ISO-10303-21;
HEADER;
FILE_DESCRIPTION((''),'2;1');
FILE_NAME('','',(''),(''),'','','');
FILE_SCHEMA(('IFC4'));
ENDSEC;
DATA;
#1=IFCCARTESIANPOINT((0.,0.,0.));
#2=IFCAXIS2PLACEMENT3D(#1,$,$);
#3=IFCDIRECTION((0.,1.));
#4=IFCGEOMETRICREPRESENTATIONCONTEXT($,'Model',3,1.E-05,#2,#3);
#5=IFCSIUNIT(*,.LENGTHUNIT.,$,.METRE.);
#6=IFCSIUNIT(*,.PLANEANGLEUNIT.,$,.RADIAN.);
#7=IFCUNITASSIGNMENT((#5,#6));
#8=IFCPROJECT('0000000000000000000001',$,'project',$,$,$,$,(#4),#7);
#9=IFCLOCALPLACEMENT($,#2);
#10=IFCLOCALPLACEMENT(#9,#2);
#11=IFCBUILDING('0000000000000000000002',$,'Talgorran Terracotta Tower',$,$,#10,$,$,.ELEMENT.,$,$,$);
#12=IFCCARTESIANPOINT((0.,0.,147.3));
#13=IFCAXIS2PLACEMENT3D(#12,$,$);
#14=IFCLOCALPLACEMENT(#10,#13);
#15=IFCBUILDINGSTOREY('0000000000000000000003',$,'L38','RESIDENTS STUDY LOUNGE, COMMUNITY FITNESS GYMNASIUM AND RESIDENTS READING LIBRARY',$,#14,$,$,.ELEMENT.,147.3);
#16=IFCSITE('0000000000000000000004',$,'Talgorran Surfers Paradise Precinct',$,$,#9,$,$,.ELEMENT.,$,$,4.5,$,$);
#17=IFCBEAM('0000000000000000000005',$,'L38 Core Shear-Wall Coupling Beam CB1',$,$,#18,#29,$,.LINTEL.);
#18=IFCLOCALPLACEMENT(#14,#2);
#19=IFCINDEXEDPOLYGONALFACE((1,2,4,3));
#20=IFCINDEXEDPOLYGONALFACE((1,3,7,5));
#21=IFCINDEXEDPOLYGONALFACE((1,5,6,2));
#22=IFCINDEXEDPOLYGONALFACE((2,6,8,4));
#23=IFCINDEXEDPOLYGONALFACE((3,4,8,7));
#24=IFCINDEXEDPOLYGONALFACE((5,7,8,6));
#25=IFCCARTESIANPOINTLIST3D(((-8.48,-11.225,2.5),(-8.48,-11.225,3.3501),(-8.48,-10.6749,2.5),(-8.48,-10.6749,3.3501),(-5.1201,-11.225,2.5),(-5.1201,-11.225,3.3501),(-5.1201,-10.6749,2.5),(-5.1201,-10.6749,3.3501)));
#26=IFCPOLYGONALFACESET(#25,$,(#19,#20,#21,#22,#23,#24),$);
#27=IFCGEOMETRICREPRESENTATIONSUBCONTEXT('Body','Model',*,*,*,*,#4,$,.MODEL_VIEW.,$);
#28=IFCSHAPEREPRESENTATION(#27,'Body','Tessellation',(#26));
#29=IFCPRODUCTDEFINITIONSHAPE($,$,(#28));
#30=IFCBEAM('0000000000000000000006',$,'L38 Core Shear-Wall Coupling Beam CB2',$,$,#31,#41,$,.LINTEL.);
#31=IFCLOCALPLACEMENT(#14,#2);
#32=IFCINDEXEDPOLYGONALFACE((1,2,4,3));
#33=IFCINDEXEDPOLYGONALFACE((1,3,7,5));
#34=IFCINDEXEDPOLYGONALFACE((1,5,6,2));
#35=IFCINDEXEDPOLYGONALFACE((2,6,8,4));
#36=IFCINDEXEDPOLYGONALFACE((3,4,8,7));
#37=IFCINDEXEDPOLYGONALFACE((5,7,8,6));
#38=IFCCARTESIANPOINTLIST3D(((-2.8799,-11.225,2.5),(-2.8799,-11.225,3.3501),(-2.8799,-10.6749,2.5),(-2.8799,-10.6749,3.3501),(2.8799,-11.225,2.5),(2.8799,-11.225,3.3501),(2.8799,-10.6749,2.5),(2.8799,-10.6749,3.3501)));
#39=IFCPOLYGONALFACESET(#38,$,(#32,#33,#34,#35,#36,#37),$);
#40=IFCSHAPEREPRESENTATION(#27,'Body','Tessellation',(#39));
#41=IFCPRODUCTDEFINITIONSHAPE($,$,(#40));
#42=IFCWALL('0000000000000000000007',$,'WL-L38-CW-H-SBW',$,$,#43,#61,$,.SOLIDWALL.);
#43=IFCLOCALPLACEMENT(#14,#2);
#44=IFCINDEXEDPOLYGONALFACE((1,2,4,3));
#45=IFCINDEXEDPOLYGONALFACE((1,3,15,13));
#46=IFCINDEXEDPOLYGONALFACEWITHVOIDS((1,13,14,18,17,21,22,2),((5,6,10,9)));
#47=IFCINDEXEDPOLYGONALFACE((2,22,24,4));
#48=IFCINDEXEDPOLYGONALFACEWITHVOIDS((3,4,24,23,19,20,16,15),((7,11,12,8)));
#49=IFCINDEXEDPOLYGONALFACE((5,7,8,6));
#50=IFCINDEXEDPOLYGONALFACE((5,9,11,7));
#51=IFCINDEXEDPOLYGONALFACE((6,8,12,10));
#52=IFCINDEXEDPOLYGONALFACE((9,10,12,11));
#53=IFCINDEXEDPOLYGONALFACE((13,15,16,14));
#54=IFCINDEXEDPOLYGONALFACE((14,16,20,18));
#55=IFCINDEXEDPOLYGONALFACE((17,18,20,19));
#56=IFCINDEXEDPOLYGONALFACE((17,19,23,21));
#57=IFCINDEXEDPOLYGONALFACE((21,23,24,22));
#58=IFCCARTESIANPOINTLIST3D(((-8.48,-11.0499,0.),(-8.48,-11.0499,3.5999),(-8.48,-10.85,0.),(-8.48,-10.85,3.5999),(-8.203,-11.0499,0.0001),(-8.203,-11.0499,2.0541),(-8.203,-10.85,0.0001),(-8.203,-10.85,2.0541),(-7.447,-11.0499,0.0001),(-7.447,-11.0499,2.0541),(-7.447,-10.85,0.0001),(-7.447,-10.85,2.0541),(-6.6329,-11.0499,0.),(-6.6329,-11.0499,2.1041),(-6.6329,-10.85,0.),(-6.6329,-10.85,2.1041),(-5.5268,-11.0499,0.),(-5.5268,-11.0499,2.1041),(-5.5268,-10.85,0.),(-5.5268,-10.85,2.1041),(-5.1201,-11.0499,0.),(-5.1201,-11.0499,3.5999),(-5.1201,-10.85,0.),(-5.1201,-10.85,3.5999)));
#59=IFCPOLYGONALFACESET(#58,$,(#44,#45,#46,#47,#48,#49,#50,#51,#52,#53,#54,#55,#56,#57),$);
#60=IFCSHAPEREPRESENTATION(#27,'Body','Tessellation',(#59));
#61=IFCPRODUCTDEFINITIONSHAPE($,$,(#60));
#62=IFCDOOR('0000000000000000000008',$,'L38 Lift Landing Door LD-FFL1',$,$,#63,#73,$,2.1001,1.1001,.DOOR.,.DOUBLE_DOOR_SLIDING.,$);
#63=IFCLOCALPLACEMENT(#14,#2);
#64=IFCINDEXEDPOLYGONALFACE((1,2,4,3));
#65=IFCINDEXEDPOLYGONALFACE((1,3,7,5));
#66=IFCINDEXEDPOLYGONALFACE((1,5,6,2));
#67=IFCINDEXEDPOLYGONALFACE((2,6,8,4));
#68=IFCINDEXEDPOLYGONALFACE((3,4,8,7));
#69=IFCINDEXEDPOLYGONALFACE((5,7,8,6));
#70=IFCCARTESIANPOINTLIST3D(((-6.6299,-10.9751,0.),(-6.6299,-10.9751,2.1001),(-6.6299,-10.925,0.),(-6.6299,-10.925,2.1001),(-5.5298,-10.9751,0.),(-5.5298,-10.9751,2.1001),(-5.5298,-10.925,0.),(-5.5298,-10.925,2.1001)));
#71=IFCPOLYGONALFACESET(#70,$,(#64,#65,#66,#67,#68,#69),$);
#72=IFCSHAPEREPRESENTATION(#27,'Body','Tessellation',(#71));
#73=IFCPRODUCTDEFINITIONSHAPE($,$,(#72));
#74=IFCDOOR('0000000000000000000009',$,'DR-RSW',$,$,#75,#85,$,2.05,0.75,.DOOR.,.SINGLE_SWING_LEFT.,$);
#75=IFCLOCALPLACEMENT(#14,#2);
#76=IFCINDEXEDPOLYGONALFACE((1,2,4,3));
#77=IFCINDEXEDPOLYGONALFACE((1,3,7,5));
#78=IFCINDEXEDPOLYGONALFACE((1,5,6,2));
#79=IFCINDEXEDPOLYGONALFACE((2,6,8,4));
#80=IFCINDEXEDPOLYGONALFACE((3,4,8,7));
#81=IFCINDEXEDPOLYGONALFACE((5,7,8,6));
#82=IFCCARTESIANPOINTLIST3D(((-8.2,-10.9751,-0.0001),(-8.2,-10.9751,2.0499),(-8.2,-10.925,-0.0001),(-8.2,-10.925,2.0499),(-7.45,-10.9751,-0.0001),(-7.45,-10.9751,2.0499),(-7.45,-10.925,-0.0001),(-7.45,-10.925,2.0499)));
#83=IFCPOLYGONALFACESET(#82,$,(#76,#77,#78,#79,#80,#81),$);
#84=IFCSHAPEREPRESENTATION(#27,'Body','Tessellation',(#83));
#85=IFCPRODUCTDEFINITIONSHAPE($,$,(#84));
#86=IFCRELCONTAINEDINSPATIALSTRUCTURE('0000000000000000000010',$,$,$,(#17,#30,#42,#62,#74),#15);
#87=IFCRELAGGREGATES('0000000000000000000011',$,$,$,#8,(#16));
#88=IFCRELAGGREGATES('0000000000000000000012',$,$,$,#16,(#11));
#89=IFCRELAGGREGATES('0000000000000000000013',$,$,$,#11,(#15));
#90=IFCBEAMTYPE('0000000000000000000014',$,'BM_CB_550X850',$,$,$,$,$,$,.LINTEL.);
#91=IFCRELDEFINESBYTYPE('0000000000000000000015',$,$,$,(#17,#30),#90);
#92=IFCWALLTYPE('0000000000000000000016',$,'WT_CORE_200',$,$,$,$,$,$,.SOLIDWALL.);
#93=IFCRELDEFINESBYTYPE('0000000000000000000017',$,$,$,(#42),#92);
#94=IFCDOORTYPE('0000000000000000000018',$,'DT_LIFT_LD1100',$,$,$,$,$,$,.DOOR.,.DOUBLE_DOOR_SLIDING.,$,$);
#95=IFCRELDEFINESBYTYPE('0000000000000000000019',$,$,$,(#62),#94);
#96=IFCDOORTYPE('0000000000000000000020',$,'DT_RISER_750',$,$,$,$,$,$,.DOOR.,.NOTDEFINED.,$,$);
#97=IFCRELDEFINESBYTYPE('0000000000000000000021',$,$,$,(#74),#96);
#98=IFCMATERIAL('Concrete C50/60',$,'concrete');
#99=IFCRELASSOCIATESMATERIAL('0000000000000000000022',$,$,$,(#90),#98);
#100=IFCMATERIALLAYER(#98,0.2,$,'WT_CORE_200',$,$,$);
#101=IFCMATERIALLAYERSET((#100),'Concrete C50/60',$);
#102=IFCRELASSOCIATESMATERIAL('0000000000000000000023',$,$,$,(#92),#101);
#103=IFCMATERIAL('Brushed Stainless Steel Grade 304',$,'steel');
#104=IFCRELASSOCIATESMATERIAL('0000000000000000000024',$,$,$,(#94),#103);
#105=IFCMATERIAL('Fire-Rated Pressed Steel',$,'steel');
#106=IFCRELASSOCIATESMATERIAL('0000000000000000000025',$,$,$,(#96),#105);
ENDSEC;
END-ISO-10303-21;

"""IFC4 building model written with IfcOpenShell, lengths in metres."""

from ifc_helpers import new_model, si_unit, direction, frame, frame_2d, origin, origin_2d, place, context, subcontext, project, spatial, rectangle, extrude, material, layer, layer_set, material_profile, profile_set, type_object, element, fill, save


model = new_model("IFC4")

# Units and contexts
model_context = context("Model", 3, precision=1e-05, world=origin(), true_north=direction((0.0, 1.0)))
body_context = subcontext(model_context, "Body", "Model", "MODEL_VIEW")
ifc_project = project(units=[si_unit("LENGTHUNIT", "METRE"), si_unit("PLANEANGLEUNIT", "RADIAN")], contexts=[model_context])

# Site, building, storey
site_placement = place(None, origin())
site = spatial("IfcSite", under=ifc_project, at=site_placement, Name="Talgorran Surfers Paradise Precinct", CompositionType="ELEMENT", RefElevation=4.5)
building_placement = place(site_placement, origin())
building = spatial("IfcBuilding", under=site, at=building_placement, Name="Talgorran Terracotta Tower", CompositionType="ELEMENT")
storey_placement = place(building_placement, frame((0.0, 0.0, 147.3)))
storey = spatial("IfcBuildingStorey", under=building, at=storey_placement, Name="L38", Description="RESIDENTS STUDY LOUNGE, COMMUNITY FITNESS GYMNASIUM AND RESIDENTS READING LIBRARY", CompositionType="ELEMENT", Elevation=147.3)

# Beams
ifc_material_1 = material(Name="Concrete C50/60", Category="concrete")
ifc_material_profile = material_profile(ifc_material_1, rectangle(XDim=0.55, YDim=0.8501, at=origin_2d()), Name="RCCB550X850")
ifc_profile_set = profile_set([ifc_material_profile], Name="Concrete C50/60")
beam_type = type_object("IfcBeamType", Name="BM_CB_550X850", PredefinedType="LINTEL", material=ifc_profile_set)
beam_1_placement = place(storey_placement, frame((-8.48, -10.95, 2.925), z_axis=(1.0, 0.0, 0.0), x_axis=(0.0, 1.0, 0.0)))
element("IfcBeam", 1, at=beam_1_placement, inside=storey, type_object=beam_type, Name="L38 Core Shear-Wall Coupling Beam CB1", PredefinedType="LINTEL", context=body_context, shape_type="SweptSolid", body=[
    extrude(rectangle(XDim=0.55, YDim=0.8501, at=origin_2d()), origin(), (0.0, 0.0, 1.0), 3.3599),
])
beam_2_placement = place(storey_placement, frame((-2.8799, -10.95, 2.925), z_axis=(1.0, 0.0, 0.0), x_axis=(0.0, 1.0, 0.0)))
element("IfcBeam", 2, at=beam_2_placement, inside=storey, type_object=beam_type, Name="L38 Core Shear-Wall Coupling Beam CB2", PredefinedType="LINTEL", context=body_context, shape_type="SweptSolid", body=[
    extrude(rectangle(XDim=0.55, YDim=0.8501, at=origin_2d()), origin(), (0.0, 0.0, 1.0), 5.7598),
])

# Wall, openings, doors
ifc_layer_1 = layer(ifc_material_1, 0.2, Name="WT_CORE_200")
ifc_layer_set_1 = layer_set([ifc_layer_1], Name="Concrete C50/60")
wall_type_1 = type_object("IfcWallType", Name="WT_CORE_200", PredefinedType="SOLIDWALL", material=ifc_layer_set_1)
wall_1_placement = place(storey_placement, frame((-8.48, -10.95, 0.0), z_axis=(0.0, 0.0, 1.0), x_axis=(1.0, 0.0, 0.0)))
wall_1 = element("IfcWall", 3, at=wall_1_placement, inside=storey, type_object=wall_type_1, Name="WL-L38-CW-H-SBW", PredefinedType="SOLIDWALL", context=body_context, shape_type="SweptSolid", body=[
    extrude(rectangle(XDim=3.3599, YDim=0.2, at=frame_2d((1.6799, 0.0))), origin(), (0.0, 0.0, 1.0), 3.5999),
])
opening_1_placement = place(wall_1_placement, frame((0.28, 0.0, 0.0)))
opening_1 = element("IfcOpeningElement", 4, at=opening_1_placement, cuts=wall_1, PredefinedType="OPENING", context=body_context, shape_type="SweptSolid", body=[
    extrude(rectangle(XDim=0.756, YDim=2.054, at=frame_2d((0.375, 1.0271))), frame((0.0, 0.1099, 0.0), z_axis=(0.0, -1.0, 0.0), x_axis=(1.0, 0.0, 0.0)), (0.0, 0.0, 1.0), 0.22),
])
opening_2_placement = place(wall_1_placement, frame((1.8501, 0.0, 0.0)))
opening_2 = element("IfcOpeningElement", 5, at=opening_2_placement, cuts=wall_1, PredefinedType="OPENING", context=body_context, shape_type="SweptSolid", body=[
    extrude(rectangle(XDim=1.1061, YDim=2.1041, at=frame_2d((0.55, 1.052))), frame((0.0, 0.1099, 0.0), z_axis=(0.0, -1.0, 0.0), x_axis=(1.0, 0.0, 0.0)), (0.0, 0.0, 1.0), 0.22),
])
ifc_material_2 = material(Name="Brushed Stainless Steel Grade 304", Category="steel")
door_type_1 = type_object("IfcDoorType", Name="DT_LIFT_LD1100", OperationType="DOUBLE_DOOR_SLIDING", PredefinedType="DOOR", material=ifc_material_2)
door_1_placement = place(opening_2_placement, origin())
door_1 = element("IfcDoor", 6, at=door_1_placement, inside=storey, type_object=door_type_1, Name="L38 Lift Landing Door LD-FFL1", OperationType="DOUBLE_DOOR_SLIDING", OverallHeight=2.1001, OverallWidth=1.1001, PredefinedType="DOOR", context=body_context, shape_type="SweptSolid", body=[
    extrude(rectangle(XDim=1.1001, YDim=2.1001, at=frame_2d((0.55, 1.05))), frame((0.0, 0.0249, 0.0), z_axis=(0.0, -1.0, 0.0), x_axis=(1.0, 0.0, 0.0)), (0.0, 0.0, 1.0), 0.05),
])
fill(opening_2, door_1)
ifc_material_3 = material(Name="Fire-Rated Pressed Steel", Category="steel")
door_type_2 = type_object("IfcDoorType", Name="DT_RISER_750", OperationType="NOTDEFINED", PredefinedType="DOOR", material=ifc_material_3)
door_2_placement = place(opening_1_placement, origin())
door_2 = element("IfcDoor", 7, at=door_2_placement, inside=storey, type_object=door_type_2, Name="DR-RSW", OperationType="SINGLE_SWING_LEFT", OverallHeight=2.05, OverallWidth=0.75, PredefinedType="DOOR", context=body_context, shape_type="SweptSolid", body=[
    extrude(rectangle(XDim=0.75, YDim=2.05, at=frame_2d((0.375, 1.0249))), frame((0.0, 0.0249, 0.0), z_axis=(0.0, -1.0, 0.0), x_axis=(1.0, 0.0, 0.0)), (0.0, 0.0, 1.0), 0.05),
])
fill(opening_1, door_2)

save(model, "model.ifc")
